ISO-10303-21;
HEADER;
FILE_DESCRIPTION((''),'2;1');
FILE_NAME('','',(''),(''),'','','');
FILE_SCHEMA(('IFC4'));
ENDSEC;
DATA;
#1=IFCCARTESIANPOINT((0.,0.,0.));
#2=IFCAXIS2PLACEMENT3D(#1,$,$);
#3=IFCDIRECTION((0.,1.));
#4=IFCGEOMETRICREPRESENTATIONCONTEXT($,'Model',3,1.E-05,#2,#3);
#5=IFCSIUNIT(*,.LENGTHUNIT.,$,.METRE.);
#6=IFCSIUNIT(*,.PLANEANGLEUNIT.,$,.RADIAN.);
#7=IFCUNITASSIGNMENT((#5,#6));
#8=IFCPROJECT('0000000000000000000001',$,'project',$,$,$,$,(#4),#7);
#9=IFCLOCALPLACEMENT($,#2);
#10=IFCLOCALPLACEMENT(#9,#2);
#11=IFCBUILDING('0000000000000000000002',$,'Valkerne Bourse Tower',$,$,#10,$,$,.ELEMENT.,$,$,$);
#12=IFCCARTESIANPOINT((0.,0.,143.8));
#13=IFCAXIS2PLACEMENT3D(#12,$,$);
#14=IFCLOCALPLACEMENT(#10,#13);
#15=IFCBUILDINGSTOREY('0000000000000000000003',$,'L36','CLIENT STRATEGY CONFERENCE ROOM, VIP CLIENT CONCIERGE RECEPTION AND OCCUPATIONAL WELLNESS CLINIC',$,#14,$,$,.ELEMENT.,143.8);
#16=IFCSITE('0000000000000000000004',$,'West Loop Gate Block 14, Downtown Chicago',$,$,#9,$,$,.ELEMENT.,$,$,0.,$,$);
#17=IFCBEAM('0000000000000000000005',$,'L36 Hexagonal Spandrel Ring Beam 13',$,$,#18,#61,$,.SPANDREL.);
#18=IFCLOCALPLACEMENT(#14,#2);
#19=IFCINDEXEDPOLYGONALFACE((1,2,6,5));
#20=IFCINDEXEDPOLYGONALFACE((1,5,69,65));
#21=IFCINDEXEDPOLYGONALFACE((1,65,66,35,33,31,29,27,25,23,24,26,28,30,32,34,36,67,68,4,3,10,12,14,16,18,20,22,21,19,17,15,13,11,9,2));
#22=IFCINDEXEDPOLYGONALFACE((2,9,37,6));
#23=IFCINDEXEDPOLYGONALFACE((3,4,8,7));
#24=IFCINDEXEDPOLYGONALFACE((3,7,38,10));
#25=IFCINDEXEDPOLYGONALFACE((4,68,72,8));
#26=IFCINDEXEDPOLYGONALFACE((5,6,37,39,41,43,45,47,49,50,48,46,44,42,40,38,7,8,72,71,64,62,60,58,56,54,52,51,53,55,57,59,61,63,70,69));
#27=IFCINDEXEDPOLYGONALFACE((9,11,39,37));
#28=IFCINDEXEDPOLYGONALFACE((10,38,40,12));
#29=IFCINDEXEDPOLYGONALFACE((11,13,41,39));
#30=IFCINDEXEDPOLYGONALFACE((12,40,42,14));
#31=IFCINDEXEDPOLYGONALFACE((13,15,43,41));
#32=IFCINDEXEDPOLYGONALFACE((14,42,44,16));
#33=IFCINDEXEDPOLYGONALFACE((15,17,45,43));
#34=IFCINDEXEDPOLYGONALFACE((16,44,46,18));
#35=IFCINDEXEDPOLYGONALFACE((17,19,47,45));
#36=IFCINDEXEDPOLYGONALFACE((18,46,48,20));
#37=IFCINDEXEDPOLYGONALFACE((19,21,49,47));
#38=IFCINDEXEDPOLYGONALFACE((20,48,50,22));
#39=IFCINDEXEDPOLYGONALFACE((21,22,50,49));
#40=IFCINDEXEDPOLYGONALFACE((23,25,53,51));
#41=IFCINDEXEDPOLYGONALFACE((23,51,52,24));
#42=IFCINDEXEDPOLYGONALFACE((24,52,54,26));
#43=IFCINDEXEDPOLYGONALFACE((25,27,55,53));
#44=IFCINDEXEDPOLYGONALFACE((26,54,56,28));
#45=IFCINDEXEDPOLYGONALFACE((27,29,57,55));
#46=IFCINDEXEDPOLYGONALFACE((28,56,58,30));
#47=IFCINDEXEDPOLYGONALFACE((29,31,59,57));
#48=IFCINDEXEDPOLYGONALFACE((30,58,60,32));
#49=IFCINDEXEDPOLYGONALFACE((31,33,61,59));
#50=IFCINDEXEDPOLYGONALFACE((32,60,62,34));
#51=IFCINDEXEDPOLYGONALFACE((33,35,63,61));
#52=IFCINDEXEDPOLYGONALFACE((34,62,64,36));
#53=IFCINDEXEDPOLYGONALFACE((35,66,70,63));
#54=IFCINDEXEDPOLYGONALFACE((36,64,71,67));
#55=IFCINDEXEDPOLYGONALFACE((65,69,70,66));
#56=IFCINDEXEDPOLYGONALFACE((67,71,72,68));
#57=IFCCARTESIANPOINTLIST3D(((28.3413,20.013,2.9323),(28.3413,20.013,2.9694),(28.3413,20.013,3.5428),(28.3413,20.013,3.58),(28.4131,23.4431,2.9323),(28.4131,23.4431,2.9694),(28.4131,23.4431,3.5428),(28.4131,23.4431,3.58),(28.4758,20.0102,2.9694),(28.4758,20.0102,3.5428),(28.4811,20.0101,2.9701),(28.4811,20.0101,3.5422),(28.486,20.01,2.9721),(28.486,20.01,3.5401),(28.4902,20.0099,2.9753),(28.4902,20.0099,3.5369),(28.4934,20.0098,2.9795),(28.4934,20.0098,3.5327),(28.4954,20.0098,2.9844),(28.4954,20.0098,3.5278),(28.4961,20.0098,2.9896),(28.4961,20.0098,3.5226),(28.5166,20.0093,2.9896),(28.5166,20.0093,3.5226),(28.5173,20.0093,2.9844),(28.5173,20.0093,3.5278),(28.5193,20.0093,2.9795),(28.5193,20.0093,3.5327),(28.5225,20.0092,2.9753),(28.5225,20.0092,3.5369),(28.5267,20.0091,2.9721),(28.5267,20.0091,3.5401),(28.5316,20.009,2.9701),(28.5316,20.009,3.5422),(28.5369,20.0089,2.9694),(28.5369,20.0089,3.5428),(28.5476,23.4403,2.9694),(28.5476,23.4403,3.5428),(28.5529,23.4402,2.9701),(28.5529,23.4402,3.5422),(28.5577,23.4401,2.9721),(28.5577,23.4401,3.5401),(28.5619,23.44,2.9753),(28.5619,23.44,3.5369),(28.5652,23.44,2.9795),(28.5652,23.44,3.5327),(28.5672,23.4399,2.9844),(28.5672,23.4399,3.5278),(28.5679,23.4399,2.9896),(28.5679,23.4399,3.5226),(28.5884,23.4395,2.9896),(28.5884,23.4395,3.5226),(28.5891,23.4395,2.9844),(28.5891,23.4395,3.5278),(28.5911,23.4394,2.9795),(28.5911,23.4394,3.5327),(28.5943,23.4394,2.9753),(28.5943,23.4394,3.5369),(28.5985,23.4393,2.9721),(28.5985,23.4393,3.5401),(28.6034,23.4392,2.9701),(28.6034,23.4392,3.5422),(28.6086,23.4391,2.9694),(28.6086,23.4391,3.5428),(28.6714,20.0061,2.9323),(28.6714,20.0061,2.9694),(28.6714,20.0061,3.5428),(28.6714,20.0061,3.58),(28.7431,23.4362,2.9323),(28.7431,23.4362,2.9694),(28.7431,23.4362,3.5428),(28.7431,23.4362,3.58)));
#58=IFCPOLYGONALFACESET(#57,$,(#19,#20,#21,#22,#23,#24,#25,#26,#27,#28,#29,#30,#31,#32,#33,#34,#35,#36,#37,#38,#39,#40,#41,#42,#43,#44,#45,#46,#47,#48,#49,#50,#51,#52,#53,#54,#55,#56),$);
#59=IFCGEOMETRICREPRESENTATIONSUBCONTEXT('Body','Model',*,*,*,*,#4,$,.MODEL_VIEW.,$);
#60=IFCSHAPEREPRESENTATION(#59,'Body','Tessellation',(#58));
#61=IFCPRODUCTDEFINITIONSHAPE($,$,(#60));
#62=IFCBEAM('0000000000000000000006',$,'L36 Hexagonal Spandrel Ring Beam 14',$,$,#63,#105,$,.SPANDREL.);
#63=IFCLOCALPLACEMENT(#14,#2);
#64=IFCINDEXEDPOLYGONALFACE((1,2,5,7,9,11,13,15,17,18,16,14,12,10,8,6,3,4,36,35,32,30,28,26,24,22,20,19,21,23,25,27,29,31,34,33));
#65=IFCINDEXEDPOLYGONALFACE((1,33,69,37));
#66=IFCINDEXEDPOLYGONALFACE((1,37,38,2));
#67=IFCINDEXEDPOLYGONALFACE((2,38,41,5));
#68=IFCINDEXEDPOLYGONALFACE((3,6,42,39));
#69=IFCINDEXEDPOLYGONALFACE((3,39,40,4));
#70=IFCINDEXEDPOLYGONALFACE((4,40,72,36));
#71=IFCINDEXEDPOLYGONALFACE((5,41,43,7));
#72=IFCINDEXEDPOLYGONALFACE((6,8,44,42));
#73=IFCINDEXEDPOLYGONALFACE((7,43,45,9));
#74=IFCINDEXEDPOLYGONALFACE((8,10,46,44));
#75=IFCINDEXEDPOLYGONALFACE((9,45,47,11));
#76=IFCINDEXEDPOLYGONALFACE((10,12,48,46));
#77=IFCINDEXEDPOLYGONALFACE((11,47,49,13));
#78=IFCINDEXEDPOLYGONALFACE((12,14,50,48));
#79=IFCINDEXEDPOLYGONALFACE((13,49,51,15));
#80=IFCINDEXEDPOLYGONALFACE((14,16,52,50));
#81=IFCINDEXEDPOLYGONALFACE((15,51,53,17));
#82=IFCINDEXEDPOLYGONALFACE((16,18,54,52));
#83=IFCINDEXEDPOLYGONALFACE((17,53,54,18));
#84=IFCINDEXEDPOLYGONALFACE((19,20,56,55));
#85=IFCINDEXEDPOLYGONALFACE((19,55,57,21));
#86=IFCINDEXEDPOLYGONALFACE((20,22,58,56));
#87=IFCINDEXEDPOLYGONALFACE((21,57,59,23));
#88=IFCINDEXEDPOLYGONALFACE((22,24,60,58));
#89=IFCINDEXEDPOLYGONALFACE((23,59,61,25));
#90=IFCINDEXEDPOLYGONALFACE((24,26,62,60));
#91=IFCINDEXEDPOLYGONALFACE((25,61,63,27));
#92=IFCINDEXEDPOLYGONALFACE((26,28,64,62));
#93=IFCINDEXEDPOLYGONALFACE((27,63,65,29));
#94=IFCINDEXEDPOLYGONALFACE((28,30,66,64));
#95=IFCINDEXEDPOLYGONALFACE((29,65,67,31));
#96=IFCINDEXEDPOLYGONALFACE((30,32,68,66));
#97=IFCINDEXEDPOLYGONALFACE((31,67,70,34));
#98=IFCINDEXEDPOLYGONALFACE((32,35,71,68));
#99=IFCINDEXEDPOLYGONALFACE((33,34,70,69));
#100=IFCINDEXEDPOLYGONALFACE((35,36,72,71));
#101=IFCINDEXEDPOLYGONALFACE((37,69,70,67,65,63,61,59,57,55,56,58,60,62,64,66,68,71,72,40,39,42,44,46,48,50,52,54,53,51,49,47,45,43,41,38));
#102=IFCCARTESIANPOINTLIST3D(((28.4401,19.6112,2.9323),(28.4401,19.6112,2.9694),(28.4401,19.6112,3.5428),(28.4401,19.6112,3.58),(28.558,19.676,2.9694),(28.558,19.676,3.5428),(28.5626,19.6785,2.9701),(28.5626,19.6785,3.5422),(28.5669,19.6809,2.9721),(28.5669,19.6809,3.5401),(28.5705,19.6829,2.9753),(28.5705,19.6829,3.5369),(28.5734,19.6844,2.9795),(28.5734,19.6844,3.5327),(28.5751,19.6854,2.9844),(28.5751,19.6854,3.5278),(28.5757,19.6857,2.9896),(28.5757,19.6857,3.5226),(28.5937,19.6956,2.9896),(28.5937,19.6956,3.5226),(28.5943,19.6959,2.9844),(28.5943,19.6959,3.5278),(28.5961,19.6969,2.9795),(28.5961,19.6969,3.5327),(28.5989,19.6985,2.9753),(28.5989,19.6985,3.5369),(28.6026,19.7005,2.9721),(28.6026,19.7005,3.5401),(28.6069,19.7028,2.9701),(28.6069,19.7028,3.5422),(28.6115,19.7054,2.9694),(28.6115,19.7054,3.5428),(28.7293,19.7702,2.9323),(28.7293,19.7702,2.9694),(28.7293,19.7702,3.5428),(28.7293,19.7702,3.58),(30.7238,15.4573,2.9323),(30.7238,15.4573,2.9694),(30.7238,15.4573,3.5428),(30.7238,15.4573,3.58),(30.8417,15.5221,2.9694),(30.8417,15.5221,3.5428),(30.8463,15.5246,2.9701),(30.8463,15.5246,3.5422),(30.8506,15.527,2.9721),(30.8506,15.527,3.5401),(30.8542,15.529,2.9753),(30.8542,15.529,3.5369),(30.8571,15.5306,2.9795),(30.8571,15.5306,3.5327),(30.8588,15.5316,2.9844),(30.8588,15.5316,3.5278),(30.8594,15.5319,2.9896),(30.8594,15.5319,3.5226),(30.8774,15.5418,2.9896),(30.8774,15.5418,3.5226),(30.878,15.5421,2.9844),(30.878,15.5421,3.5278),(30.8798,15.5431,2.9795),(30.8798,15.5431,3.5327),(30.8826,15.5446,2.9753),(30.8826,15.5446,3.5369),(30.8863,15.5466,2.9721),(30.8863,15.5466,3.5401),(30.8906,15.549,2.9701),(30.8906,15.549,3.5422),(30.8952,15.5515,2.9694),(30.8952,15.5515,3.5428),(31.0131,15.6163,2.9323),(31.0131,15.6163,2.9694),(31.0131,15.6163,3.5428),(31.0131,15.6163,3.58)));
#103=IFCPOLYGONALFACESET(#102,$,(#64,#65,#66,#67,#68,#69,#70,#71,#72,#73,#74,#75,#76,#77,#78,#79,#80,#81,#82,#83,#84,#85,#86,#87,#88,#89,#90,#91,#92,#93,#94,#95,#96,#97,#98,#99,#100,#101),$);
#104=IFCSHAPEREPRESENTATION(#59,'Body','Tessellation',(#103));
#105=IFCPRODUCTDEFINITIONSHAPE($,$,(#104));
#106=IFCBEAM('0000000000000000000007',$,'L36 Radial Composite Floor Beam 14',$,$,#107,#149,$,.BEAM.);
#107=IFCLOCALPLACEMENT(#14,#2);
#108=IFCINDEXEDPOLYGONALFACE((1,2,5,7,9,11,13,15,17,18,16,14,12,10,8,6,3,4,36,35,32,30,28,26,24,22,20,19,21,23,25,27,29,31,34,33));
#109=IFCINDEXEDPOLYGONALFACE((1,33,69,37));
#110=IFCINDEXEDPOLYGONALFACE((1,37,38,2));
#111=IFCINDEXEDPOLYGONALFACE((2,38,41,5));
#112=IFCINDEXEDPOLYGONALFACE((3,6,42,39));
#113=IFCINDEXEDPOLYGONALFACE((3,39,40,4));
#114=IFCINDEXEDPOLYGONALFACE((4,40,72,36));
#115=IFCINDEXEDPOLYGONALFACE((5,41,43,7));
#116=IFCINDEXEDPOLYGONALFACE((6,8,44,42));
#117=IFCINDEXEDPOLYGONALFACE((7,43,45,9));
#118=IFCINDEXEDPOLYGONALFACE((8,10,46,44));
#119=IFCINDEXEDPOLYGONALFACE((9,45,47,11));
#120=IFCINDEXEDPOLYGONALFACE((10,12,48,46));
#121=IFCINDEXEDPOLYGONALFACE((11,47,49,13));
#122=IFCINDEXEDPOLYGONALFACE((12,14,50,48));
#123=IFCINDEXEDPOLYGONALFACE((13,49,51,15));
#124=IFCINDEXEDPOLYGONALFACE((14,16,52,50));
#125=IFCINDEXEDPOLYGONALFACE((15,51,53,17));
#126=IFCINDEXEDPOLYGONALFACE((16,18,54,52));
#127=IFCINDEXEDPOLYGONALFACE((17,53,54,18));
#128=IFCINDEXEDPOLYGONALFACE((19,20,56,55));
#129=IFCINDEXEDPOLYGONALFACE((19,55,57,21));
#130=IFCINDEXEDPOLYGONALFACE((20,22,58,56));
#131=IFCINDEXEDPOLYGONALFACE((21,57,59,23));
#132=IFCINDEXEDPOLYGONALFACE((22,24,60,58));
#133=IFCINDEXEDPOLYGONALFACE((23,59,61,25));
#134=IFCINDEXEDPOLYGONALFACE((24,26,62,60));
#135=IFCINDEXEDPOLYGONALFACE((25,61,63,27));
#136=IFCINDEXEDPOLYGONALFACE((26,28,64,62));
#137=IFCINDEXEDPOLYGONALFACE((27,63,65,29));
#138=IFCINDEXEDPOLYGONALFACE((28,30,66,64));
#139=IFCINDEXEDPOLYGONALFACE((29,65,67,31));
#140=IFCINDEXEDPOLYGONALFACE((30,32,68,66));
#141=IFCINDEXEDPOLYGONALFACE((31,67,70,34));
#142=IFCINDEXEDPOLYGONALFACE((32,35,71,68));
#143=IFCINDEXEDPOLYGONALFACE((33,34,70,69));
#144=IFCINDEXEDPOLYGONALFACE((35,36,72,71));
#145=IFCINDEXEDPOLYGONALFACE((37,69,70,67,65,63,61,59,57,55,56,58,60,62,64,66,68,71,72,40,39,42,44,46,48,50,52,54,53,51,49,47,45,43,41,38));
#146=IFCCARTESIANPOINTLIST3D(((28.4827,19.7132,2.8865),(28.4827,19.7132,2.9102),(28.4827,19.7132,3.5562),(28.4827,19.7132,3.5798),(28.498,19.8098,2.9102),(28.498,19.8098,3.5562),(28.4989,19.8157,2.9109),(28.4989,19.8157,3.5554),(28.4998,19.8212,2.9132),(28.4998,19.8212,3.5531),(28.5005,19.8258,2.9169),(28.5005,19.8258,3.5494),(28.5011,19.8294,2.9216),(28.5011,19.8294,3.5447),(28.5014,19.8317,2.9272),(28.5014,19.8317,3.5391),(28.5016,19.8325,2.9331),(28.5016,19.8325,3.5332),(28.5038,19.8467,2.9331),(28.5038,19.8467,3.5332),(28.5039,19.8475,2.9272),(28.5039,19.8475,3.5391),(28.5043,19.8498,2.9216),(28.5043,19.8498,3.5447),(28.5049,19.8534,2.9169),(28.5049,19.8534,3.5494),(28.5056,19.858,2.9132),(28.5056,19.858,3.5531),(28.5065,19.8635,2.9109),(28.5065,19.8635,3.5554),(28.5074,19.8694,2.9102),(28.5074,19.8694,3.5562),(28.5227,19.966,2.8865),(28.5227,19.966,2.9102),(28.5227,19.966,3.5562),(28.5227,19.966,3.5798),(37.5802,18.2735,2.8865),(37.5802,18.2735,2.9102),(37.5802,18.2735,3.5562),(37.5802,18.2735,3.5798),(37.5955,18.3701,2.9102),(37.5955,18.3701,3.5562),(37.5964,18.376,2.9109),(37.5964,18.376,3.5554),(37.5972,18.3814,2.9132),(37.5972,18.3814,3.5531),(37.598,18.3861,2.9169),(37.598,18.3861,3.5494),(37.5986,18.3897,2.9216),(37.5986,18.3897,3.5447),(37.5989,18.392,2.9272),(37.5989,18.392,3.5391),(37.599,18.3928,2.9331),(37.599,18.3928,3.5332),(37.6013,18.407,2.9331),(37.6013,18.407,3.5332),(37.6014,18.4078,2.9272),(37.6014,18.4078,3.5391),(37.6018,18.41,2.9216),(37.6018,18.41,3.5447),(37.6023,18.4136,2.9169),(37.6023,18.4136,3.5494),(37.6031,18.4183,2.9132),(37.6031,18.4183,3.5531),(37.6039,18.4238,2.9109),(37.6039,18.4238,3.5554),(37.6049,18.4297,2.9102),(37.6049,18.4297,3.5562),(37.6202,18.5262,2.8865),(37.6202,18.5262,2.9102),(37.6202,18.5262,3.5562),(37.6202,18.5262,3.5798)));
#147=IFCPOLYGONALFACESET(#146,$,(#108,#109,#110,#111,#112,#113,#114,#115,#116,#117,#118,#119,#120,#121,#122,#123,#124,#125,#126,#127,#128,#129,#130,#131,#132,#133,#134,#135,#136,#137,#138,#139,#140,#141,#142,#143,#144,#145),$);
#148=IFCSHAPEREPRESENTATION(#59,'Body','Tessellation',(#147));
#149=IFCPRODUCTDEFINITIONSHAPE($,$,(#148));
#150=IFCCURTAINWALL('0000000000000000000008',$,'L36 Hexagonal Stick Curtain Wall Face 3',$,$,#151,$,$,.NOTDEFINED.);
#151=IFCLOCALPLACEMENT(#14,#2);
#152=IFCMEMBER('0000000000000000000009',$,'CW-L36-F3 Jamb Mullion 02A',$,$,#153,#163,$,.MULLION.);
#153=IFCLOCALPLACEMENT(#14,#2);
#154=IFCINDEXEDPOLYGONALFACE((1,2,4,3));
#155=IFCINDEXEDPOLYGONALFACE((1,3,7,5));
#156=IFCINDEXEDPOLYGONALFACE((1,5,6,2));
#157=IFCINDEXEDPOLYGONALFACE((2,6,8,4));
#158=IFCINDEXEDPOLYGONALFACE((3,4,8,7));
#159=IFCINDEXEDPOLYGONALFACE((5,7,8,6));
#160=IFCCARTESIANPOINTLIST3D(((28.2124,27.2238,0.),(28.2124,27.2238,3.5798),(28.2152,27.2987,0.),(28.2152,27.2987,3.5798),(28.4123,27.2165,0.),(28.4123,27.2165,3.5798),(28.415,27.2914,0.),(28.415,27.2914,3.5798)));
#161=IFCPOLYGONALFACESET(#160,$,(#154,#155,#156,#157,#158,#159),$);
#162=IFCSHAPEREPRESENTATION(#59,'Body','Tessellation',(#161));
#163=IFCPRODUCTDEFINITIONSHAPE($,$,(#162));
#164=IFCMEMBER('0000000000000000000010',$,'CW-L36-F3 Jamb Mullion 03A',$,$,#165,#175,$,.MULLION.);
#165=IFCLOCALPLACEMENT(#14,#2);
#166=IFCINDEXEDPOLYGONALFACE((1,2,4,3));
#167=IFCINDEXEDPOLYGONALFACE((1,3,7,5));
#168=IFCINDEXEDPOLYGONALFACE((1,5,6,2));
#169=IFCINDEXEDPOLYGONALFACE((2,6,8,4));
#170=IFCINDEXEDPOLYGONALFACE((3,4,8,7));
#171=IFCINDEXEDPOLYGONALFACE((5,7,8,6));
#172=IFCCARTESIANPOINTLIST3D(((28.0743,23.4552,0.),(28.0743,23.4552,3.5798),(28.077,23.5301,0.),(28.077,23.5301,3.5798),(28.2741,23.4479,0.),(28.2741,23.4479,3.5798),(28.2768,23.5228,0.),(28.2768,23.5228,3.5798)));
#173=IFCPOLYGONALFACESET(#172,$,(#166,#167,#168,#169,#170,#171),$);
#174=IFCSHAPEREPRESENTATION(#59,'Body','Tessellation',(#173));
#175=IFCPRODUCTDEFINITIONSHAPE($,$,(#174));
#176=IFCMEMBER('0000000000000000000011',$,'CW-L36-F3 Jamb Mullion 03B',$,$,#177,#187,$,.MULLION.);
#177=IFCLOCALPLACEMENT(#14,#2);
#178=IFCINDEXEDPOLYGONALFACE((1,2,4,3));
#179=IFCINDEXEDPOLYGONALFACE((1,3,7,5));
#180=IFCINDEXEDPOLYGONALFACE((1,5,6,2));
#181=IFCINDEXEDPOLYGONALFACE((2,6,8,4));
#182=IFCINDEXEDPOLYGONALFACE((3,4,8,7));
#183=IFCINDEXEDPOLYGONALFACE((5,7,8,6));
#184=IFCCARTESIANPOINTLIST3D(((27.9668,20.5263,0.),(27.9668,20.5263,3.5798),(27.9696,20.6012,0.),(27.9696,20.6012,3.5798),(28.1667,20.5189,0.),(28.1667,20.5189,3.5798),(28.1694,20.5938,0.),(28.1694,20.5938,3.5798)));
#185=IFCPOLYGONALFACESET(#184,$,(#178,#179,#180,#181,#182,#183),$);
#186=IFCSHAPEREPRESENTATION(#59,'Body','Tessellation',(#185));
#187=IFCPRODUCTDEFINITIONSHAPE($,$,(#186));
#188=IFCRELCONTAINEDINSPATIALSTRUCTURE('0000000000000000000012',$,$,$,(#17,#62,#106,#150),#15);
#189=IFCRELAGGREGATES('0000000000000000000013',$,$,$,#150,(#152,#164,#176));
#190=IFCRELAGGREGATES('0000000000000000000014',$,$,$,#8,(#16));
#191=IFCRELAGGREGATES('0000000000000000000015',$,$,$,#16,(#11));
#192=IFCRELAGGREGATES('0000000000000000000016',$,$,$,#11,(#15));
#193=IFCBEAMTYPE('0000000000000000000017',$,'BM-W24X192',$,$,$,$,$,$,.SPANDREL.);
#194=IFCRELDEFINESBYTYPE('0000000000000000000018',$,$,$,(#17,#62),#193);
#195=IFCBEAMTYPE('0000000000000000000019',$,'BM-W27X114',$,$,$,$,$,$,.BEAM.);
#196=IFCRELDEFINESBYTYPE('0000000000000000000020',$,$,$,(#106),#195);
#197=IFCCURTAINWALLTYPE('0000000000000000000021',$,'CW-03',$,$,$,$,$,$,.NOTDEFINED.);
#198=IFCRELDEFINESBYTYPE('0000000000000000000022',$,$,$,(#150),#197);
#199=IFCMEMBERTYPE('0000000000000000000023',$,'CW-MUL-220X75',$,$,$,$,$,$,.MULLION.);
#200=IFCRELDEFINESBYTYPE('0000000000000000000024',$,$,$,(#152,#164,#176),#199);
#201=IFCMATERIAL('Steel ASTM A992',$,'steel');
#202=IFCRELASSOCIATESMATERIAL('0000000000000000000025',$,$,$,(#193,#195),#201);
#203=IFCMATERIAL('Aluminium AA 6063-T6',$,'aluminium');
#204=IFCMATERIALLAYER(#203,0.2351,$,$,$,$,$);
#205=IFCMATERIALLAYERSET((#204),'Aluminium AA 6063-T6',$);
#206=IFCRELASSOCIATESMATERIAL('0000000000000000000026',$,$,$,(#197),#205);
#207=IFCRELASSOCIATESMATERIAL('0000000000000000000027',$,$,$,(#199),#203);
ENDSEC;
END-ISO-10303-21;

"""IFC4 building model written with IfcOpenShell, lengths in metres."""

from ifc_helpers import new_model, si_unit, direction, frame, origin, origin_2d, place, context, subcontext, project, spatial, rectangle, i_section, extrude, material, layer, layer_set, material_profile, profile_set, type_object, element, aggregate, save


model = new_model("IFC4")

# Units and contexts
model_context = context("Model", 3, precision=1e-05, world=origin(), true_north=direction((0.0, 1.0)))
body_context = subcontext(model_context, "Body", "Model", "MODEL_VIEW")
ifc_project = project(units=[si_unit("LENGTHUNIT", "METRE"), si_unit("PLANEANGLEUNIT", "RADIAN")], contexts=[model_context])

# Site, building, storey
site_placement = place(None, origin())
site = spatial("IfcSite", under=ifc_project, at=site_placement, Name="West Loop Gate Block 14, Downtown Chicago", CompositionType="ELEMENT", RefElevation=0.0)
building_placement = place(site_placement, origin())
building = spatial("IfcBuilding", under=site, at=building_placement, Name="Valkerne Bourse Tower", CompositionType="ELEMENT")
storey_placement = place(building_placement, frame((0.0, 0.0, 143.8)))
storey = spatial("IfcBuildingStorey", under=building, at=storey_placement, Name="L36", Description="CLIENT STRATEGY CONFERENCE ROOM, VIP CLIENT CONCIERGE RECEPTION AND OCCUPATIONAL WELLNESS CLINIC", CompositionType="ELEMENT", Elevation=143.8)

# Beams
ifc_material_1 = material(Name="Steel ASTM A992", Category="steel")
ifc_material_profile_1 = material_profile(ifc_material_1, i_section(OverallWidth=0.3301, OverallDepth=0.6477, WebThickness=0.0205, FlangeThickness=0.0371, FilletRadius=0.0203, at=origin_2d()), Name="W24X192")
ifc_profile_set_1 = profile_set([ifc_material_profile_1], Name="Steel ASTM A992")
beam_type_1 = type_object("IfcBeamType", Name="BM-W24X192", PredefinedType="SPANDREL", material=ifc_profile_set_1)
for number, where, z_axis, x_axis, name in (
    (1, (28.5781, 23.4397, 3.2561), (-0.020921, -0.999781, 0.0), (0.999781, -0.020921, 0.0), "L36 Hexagonal Spandrel Ring Beam 13"),
):
    element("IfcBeam", number, at=place(storey_placement, frame(where, z_axis=z_axis, x_axis=x_axis)), inside=storey, type_object=beam_type_1, Name=name, PredefinedType="SPANDREL", context=body_context, shape_type="SweptSolid", body=[
        extrude(i_section(OverallWidth=0.3301, OverallDepth=0.6477, WebThickness=0.0205, FlangeThickness=0.0371, FilletRadius=0.0203, at=origin_2d()), origin(), (0.0, 0.0, 1.0), 3.4309),
    ])
beam_1_placement = place(storey_placement, frame((28.5847, 19.6907, 3.2561), z_axis=(0.481772, -0.876296, 0.0), x_axis=(0.876296, 0.481772, 0.0)))
element("IfcBeam", 2, at=beam_1_placement, inside=storey, type_object=beam_type_1, Name="L36 Hexagonal Spandrel Ring Beam 14", PredefinedType="SPANDREL", context=body_context, shape_type="SweptSolid", body=[
    extrude(i_section(OverallWidth=0.3301, OverallDepth=0.6477, WebThickness=0.0205, FlangeThickness=0.0371, FilletRadius=0.0203, at=origin_2d()), origin(), (0.0, 0.0, 1.0), 4.7402),
])
ifc_material_profile_2 = material_profile(ifc_material_1, i_section(OverallWidth=0.2559, OverallDepth=0.6934, WebThickness=0.0144, FlangeThickness=0.0237, FilletRadius=0.0229, at=origin_2d()), Name="W27X114")
ifc_profile_set_2 = profile_set([ifc_material_profile_2], Name="Steel ASTM A992")
beam_type_2 = type_object("IfcBeamType", Name="BM-W27X114", PredefinedType="BEAM", material=ifc_profile_set_2)
beam_2_placement = place(storey_placement, frame((28.5027, 19.8396, 3.2332), z_axis=(0.987708, -0.156308, 0.0), x_axis=(0.156308, 0.987708, 0.0)))
element("IfcBeam", 3, at=beam_2_placement, inside=storey, type_object=beam_type_2, Name="L36 Radial Composite Floor Beam 14", PredefinedType="BEAM", context=body_context, shape_type="SweptSolid", body=[
    extrude(i_section(OverallWidth=0.2559, OverallDepth=0.6934, WebThickness=0.0144, FlangeThickness=0.0237, FilletRadius=0.0229, at=origin_2d()), origin(), (0.0, 0.0, 1.0), 9.2107),
])

# Curtain wall, members
ifc_material_2 = material(Name="Aluminium AA 6063-T6", Category="aluminium")
ifc_layer_1 = layer(ifc_material_2, 0.2351)
ifc_layer_set_1 = layer_set([ifc_layer_1], Name="Aluminium AA 6063-T6")
curtain_wall_type = type_object("IfcCurtainWallType", Name="CW-03", PredefinedType="NOTDEFINED", material=ifc_layer_set_1)
curtain_wall_placement = place(storey_placement, origin())
curtain_wall = element("IfcCurtainWall", 4, at=curtain_wall_placement, inside=storey, type_object=curtain_wall_type, Name="L36 Hexagonal Stick Curtain Wall Face 3", PredefinedType="NOTDEFINED")
ifc_material_profile_3 = material_profile(ifc_material_2, rectangle(XDim=0.075, YDim=0.2, at=origin_2d()), Name="CWM-75X200")
ifc_profile_set_3 = profile_set([ifc_material_profile_3], Name="Aluminium AA 6063-T6")
member_type_1 = type_object("IfcMemberType", Name="CW-MUL-220X75", PredefinedType="MULLION", material=ifc_profile_set_3)
member_1_placement = place(storey_placement, frame((28.3137, 27.2576, 0.0), z_axis=(0.0, 0.0, 1.0), x_axis=(-0.036649, -0.999328, 0.0)))
member_1 = element("IfcMember", 5, at=member_1_placement, type_object=member_type_1, Name="CW-L36-F3 Jamb Mullion 02A", PredefinedType="MULLION", context=body_context, shape_type="SweptSolid", body=[
    extrude(rectangle(XDim=0.075, YDim=0.2, at=origin_2d()), origin(), (0.0, 0.0, 1.0), 3.5798),
])
member_2_placement = place(storey_placement, frame((28.1755, 23.489, 0.0), z_axis=(0.0, 0.0, 1.0), x_axis=(-0.036648, -0.999328, 0.0)))
member_2 = element("IfcMember", 6, at=member_2_placement, type_object=member_type_1, Name="CW-L36-F3 Jamb Mullion 03A", PredefinedType="MULLION", context=body_context, shape_type="SweptSolid", body=[
    extrude(rectangle(XDim=0.075, YDim=0.2, at=origin_2d()), origin(), (0.0, 0.0, 1.0), 3.5798),
])
member_3_placement = place(storey_placement, frame((28.0681, 20.5601, 0.0), z_axis=(0.0, 0.0, 1.0), x_axis=(-0.036648, -0.999328, 0.0)))
member_3 = element("IfcMember", 7, at=member_3_placement, type_object=member_type_1, Name="CW-L36-F3 Jamb Mullion 03B", PredefinedType="MULLION", context=body_context, shape_type="SweptSolid", body=[
    extrude(rectangle(XDim=0.075, YDim=0.2, at=origin_2d()), origin(), (0.0, 0.0, 1.0), 3.5798),
])

aggregate(curtain_wall, [member_1, member_2, member_3])

save(model, "model.ifc")
